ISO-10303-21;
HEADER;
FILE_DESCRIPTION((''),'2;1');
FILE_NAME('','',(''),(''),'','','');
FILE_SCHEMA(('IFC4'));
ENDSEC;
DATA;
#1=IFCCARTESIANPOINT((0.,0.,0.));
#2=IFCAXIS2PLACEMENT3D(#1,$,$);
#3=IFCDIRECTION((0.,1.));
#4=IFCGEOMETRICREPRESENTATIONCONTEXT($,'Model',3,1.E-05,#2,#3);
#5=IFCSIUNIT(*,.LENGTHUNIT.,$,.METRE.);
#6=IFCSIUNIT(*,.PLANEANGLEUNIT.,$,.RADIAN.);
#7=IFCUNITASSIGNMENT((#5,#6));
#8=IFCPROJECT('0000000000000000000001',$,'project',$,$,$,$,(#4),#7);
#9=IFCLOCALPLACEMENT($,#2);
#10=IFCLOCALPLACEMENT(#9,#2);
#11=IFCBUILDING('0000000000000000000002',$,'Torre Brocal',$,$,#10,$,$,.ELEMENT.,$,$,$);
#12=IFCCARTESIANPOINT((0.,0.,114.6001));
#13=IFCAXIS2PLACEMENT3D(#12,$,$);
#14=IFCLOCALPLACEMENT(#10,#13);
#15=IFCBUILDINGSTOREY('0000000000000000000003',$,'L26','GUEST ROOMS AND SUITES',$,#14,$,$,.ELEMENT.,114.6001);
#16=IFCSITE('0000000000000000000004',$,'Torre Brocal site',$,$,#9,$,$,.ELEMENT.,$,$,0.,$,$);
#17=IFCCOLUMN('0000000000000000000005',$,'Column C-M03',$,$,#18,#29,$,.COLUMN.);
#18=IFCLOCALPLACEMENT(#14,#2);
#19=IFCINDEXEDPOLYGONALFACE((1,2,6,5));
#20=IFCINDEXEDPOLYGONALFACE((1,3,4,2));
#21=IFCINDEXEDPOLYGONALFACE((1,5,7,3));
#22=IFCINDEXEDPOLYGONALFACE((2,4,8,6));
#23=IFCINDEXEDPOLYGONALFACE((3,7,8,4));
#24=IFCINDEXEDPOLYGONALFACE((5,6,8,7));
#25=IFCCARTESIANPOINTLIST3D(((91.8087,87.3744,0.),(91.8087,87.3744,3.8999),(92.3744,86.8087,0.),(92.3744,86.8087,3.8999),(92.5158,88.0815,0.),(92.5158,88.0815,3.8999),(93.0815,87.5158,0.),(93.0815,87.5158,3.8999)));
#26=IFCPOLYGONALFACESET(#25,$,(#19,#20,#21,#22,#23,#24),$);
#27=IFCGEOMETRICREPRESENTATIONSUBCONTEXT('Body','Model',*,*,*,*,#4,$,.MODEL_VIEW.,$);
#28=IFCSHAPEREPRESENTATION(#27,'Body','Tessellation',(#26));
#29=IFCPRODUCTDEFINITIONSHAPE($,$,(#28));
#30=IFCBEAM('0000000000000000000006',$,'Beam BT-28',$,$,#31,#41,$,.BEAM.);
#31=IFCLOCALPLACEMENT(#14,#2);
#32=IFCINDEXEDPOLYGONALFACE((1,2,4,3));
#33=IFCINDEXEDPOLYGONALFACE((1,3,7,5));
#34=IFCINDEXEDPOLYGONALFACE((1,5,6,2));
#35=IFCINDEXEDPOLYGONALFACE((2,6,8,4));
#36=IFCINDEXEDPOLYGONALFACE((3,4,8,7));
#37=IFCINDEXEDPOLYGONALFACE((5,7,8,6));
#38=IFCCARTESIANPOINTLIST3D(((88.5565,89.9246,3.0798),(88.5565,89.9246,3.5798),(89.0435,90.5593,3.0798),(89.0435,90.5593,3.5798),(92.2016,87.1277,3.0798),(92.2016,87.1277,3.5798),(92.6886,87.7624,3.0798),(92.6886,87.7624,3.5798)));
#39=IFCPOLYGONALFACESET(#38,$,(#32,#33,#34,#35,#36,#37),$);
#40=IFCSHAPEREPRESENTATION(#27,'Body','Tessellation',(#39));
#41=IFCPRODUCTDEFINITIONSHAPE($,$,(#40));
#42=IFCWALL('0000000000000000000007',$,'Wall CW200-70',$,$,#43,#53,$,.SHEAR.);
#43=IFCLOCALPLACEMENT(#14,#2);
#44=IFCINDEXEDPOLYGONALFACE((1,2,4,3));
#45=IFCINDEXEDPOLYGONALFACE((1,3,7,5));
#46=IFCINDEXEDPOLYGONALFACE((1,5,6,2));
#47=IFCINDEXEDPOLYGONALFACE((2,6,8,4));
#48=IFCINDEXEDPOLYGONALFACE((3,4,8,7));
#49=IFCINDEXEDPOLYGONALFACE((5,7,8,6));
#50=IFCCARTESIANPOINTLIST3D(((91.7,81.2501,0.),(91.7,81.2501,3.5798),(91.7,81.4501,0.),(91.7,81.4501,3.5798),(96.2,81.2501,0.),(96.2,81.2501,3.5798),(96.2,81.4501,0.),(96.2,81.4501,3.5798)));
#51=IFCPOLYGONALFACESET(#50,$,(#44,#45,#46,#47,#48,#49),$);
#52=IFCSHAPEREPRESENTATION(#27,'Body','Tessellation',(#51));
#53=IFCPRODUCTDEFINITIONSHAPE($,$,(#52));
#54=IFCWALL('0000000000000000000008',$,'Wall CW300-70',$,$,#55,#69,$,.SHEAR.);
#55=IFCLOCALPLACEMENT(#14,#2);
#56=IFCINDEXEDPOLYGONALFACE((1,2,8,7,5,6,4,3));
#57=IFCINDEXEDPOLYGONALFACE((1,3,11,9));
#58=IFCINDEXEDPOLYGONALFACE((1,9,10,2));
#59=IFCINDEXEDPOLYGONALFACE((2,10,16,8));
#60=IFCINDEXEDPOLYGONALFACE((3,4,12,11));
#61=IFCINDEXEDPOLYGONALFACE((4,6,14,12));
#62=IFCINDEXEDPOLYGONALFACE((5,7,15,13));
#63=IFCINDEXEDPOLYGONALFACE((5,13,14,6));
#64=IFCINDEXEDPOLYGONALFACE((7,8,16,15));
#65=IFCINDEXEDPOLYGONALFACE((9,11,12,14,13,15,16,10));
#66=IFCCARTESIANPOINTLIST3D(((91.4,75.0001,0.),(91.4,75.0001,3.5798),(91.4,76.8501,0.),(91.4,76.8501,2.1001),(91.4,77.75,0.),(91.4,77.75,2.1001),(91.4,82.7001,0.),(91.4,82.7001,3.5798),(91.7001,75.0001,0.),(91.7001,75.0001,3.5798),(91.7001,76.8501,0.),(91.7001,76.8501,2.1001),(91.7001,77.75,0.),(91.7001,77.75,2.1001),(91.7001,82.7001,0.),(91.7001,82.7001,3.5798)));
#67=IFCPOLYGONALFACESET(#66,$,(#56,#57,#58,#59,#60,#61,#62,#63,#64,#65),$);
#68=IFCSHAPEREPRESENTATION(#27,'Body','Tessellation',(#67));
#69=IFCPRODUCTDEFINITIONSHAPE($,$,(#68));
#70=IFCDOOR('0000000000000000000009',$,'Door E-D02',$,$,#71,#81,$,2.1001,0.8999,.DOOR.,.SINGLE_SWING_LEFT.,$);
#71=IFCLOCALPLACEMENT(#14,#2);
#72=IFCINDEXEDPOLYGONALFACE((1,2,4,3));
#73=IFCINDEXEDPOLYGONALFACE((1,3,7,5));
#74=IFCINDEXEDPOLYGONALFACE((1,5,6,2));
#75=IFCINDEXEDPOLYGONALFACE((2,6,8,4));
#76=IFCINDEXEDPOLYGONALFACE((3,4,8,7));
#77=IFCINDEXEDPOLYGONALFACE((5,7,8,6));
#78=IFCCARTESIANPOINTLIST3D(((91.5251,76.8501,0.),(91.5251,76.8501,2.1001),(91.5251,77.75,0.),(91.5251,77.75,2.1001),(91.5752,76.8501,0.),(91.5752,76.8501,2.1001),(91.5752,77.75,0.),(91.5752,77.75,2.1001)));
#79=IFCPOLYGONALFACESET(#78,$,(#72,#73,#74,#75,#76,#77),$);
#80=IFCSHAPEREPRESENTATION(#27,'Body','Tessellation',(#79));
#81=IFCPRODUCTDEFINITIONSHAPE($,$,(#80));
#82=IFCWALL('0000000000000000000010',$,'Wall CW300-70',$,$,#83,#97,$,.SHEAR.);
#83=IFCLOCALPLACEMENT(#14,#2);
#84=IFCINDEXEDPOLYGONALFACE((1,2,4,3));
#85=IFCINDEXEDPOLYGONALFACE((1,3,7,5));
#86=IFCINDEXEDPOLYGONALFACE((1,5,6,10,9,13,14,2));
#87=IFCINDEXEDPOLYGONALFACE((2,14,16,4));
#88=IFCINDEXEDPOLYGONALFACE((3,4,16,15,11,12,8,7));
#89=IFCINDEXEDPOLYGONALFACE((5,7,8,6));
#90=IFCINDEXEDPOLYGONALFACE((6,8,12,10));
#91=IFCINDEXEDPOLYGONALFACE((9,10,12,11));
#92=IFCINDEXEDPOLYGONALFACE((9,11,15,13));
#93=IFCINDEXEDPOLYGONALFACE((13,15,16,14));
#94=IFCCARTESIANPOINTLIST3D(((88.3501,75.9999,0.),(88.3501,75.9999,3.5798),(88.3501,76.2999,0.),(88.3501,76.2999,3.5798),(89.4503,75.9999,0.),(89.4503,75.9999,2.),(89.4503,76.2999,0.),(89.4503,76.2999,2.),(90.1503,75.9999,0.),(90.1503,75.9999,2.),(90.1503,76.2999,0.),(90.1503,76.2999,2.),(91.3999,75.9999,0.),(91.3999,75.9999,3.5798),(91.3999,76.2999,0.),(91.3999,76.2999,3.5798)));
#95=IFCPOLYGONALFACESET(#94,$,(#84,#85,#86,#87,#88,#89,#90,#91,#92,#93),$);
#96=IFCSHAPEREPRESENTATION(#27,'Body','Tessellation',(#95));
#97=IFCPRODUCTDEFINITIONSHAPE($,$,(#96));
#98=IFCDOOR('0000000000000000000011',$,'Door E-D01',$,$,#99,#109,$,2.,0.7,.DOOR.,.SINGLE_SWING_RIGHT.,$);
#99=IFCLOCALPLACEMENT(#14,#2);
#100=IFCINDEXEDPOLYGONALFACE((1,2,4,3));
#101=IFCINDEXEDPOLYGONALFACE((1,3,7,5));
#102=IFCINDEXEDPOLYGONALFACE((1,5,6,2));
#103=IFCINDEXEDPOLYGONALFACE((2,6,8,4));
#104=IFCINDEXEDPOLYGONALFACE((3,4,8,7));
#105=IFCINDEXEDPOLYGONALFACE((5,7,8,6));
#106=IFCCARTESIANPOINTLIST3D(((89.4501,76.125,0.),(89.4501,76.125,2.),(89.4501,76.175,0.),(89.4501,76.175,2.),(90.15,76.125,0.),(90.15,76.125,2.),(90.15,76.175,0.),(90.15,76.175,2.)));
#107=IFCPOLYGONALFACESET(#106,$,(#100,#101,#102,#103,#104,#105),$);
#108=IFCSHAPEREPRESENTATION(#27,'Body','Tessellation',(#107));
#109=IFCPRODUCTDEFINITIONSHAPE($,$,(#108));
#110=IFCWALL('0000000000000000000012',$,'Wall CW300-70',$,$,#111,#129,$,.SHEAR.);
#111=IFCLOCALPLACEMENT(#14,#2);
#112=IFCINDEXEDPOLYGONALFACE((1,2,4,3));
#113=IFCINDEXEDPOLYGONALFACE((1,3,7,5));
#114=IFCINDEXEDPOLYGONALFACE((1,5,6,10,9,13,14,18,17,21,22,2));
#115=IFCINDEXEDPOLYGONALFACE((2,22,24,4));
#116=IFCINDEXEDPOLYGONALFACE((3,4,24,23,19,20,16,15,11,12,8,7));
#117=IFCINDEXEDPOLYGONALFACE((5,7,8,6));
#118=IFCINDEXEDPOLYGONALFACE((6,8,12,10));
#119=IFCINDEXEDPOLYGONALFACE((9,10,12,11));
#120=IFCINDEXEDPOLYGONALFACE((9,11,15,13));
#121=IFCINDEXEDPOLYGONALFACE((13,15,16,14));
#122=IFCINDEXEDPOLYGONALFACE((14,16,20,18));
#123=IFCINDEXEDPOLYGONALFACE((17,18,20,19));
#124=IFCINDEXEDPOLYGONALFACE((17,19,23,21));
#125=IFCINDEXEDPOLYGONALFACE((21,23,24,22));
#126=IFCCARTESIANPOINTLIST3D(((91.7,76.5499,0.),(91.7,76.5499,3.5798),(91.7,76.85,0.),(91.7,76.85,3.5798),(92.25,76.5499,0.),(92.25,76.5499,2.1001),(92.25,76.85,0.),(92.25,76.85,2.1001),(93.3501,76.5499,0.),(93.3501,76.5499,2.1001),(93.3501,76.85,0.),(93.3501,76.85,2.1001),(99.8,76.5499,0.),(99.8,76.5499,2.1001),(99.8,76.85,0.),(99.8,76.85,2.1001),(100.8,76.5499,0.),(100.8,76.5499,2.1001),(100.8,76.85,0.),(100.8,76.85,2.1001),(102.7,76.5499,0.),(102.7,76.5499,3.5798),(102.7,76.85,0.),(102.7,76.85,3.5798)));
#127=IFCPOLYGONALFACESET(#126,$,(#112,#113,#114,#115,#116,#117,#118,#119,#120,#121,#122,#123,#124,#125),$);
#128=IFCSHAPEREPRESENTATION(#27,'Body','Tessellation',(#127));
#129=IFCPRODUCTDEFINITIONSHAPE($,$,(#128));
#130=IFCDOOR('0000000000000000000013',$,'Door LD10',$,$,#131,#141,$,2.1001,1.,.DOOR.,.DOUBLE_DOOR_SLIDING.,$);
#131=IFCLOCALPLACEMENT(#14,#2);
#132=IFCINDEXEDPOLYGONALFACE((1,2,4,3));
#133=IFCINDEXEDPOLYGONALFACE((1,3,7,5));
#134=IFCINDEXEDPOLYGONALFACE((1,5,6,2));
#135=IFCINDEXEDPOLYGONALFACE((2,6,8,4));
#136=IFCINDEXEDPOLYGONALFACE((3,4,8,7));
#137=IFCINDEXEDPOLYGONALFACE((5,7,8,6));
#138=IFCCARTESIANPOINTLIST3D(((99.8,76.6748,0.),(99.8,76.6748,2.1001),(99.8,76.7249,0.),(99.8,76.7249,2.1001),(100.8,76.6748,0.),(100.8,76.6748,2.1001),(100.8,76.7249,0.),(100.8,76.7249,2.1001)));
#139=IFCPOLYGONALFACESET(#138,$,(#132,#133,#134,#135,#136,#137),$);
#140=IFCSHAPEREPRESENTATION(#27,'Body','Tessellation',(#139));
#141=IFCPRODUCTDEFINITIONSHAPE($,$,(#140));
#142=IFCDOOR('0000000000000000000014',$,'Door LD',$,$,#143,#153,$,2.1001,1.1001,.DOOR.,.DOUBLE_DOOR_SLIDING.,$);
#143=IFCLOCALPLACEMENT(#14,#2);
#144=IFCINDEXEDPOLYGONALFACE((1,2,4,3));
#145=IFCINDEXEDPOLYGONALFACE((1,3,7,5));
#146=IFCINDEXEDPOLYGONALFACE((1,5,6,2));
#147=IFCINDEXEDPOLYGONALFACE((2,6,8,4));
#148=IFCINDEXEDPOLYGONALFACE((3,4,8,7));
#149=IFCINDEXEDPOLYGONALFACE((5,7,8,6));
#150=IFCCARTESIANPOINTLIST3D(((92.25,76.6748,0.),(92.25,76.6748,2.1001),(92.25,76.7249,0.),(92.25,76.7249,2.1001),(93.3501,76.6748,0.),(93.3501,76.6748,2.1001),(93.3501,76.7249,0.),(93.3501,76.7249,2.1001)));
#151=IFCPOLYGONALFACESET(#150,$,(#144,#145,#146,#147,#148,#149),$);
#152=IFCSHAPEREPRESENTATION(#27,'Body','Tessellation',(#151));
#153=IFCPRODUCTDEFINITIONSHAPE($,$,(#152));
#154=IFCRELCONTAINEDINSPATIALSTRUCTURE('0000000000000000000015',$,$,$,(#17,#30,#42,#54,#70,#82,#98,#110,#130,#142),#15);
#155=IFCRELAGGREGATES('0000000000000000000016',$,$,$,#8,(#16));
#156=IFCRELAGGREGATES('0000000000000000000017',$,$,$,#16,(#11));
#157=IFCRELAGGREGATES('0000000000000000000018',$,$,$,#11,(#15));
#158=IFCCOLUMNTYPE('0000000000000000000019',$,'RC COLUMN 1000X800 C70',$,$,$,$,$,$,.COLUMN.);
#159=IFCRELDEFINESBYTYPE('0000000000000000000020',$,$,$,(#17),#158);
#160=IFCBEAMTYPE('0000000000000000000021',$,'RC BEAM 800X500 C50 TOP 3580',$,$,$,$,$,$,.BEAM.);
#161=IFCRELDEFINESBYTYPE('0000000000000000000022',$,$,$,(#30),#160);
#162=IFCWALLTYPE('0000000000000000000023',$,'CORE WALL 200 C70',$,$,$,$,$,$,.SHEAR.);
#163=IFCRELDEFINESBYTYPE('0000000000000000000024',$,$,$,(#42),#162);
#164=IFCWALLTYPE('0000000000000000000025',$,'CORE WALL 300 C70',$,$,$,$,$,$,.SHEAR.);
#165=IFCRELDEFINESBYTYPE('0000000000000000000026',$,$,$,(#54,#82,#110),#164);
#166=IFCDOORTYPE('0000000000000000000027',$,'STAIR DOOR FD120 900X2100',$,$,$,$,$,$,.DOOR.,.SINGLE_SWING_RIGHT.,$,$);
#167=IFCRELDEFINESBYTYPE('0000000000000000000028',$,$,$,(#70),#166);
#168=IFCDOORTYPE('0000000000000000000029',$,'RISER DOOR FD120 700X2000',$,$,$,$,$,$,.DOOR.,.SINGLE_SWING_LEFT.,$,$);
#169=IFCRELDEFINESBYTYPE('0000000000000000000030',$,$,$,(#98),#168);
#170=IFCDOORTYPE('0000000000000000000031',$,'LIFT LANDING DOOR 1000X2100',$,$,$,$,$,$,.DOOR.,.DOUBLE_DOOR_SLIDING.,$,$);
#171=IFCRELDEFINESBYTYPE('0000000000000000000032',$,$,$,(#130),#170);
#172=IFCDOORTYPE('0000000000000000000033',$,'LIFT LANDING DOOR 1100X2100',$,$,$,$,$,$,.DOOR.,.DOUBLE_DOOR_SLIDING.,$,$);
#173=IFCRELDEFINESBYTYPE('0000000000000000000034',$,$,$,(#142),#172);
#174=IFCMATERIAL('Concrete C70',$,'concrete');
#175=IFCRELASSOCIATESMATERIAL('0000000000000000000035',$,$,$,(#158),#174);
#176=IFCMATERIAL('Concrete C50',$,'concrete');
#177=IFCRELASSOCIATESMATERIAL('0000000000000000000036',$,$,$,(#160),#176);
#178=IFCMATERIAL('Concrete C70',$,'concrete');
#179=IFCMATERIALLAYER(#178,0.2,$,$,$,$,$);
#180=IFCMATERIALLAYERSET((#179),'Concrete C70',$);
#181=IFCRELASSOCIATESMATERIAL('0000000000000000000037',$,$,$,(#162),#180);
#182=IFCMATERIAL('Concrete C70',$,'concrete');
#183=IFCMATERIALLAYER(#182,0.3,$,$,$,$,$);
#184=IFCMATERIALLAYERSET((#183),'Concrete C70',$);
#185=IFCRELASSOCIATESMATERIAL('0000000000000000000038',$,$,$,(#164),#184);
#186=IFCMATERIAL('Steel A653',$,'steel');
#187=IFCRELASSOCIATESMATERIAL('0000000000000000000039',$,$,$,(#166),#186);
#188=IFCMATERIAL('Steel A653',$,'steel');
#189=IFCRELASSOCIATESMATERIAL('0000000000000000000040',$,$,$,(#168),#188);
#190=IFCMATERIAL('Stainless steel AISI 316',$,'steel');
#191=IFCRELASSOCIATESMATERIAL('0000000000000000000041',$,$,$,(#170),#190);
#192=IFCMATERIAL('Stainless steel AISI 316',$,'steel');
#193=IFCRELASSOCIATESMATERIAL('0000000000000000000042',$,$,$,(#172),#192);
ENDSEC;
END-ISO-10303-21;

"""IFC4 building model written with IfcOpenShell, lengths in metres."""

from ifc_helpers import new_model, si_unit, direction, frame, frame_2d, origin, origin_2d, place, context, subcontext, project, spatial, rectangle, extrude, material, layer, layer_set, material_profile, profile_set, type_object, element, fill, save


model = new_model("IFC4")

# Units and contexts
model_context = context("Model", 3, precision=1e-05, world=origin(), true_north=direction((0.0, 1.0)))
body_context = subcontext(model_context, "Body", "Model", "MODEL_VIEW")
ifc_project = project(units=[si_unit("LENGTHUNIT", "METRE"), si_unit("PLANEANGLEUNIT", "RADIAN")], contexts=[model_context])

# Site, building, storey
site_placement = place(None, origin())
site = spatial("IfcSite", under=ifc_project, at=site_placement, Name="Torre Brocal site", CompositionType="ELEMENT", RefElevation=0.0)
building_placement = place(site_placement, origin())
building = spatial("IfcBuilding", under=site, at=building_placement, Name="Torre Brocal", CompositionType="ELEMENT")
storey_placement = place(building_placement, frame((0.0, 0.0, 114.6001)))
storey = spatial("IfcBuildingStorey", under=building, at=storey_placement, Name="L26", Description="GUEST ROOMS AND SUITES", CompositionType="ELEMENT", Elevation=114.6001)

# Column
ifc_material_1 = material(Name="Concrete C70", Category="concrete")
ifc_material_profile_1 = material_profile(ifc_material_1, rectangle(XDim=1.0, YDim=0.8, at=origin_2d()), Name="RC 1000X800")
ifc_profile_set_1 = profile_set([ifc_material_profile_1], Name="Concrete C70")
column_type = type_object("IfcColumnType", Name="RC COLUMN 1000X800 C70", PredefinedType="COLUMN", material=ifc_profile_set_1)
column_placement = place(storey_placement, frame((92.4451, 87.4451, 0.0), z_axis=(0.0, 0.0, 1.0), x_axis=(0.707107, 0.707107, 0.0)))
element("IfcColumn", 1, at=column_placement, inside=storey, type_object=column_type, Name="Column C-M03", PredefinedType="COLUMN", context=body_context, shape_type="SweptSolid", body=[
    extrude(rectangle(XDim=1.0, YDim=0.8, at=origin_2d()), origin(), (0.0, 0.0, 1.0), 3.8999),
])

# Beam
ifc_material_2 = material(Name="Concrete C50", Category="concrete")
ifc_material_profile_2 = material_profile(ifc_material_2, rectangle(XDim=0.8, YDim=0.5, at=origin_2d()), Name="RC 800X500")
ifc_profile_set_2 = profile_set([ifc_material_profile_2], Name="Concrete C50")
beam_type = type_object("IfcBeamType", Name="RC BEAM 800X500 C50 TOP 3580", PredefinedType="BEAM", material=ifc_profile_set_2)
beam_placement = place(storey_placement, frame((92.4451, 87.4451, 3.3298), z_axis=(-0.793358, 0.608755, 0.0), x_axis=(-0.608755, -0.793358, 0.0)))
element("IfcBeam", 2, at=beam_placement, inside=storey, type_object=beam_type, Name="Beam BT-28", PredefinedType="BEAM", context=body_context, shape_type="SweptSolid", body=[
    extrude(rectangle(XDim=0.8, YDim=0.5, at=origin_2d()), origin(), (0.0, 0.0, 1.0), 4.5945),
])

# Wall
ifc_material_3 = material(Name="Concrete C70", Category="concrete")
ifc_layer_1 = layer(ifc_material_3, 0.2)
ifc_layer_set_1 = layer_set([ifc_layer_1], Name="Concrete C70")
wall_type_1 = type_object("IfcWallType", Name="CORE WALL 200 C70", PredefinedType="SHEAR", material=ifc_layer_set_1)
wall_1_placement = place(storey_placement, frame((91.7, 81.3501, 0.0), z_axis=(0.0, 0.0, 1.0), x_axis=(1.0, 0.0, 0.0)))
element("IfcWall", 3, at=wall_1_placement, inside=storey, type_object=wall_type_1, Name="Wall CW200-70", PredefinedType="SHEAR", context=body_context, shape_type="SweptSolid", body=[
    extrude(rectangle(XDim=4.5, YDim=0.2, at=frame_2d((2.25, 0.0))), origin(), (0.0, 0.0, 1.0), 3.5798),
])

# Walls, openings, doors
ifc_material_4 = material(Name="Concrete C70", Category="concrete")
ifc_layer_2 = layer(ifc_material_4, 0.3)
ifc_layer_set_2 = layer_set([ifc_layer_2], Name="Concrete C70")
wall_type_2 = type_object("IfcWallType", Name="CORE WALL 300 C70", PredefinedType="SHEAR", material=ifc_layer_set_2)
wall_2_placement = place(storey_placement, frame((91.55, 75.0, 0.0), z_axis=(0.0, 0.0, 1.0), x_axis=(0.0, 1.0, 0.0)))
wall_2 = element("IfcWall", 4, at=wall_2_placement, inside=storey, type_object=wall_type_2, Name="Wall CW300-70", PredefinedType="SHEAR", context=body_context, shape_type="SweptSolid", body=[
    extrude(rectangle(XDim=7.7, YDim=0.3, at=frame_2d((3.8501, 0.0))), origin(), (0.0, 0.0, 1.0), 3.5798),
])
opening_1_placement = place(wall_2_placement, frame((1.8501, 0.0, 0.0)))
opening_1 = element("IfcOpeningElement", 5, at=opening_1_placement, cuts=wall_2, PredefinedType="OPENING", context=body_context, shape_type="SweptSolid", body=[
    extrude(rectangle(XDim=0.8999, YDim=2.1001, at=frame_2d((0.45, 1.05))), frame((0.0, 0.1599, 0.0), z_axis=(0.0, -1.0, 0.0), x_axis=(1.0, 0.0, 0.0)), (0.0, 0.0, 1.0), 0.3201),
])
ifc_material_5 = material(Name="Steel A653", Category="steel")
door_type_1 = type_object("IfcDoorType", Name="STAIR DOOR FD120 900X2100", OperationType="SINGLE_SWING_RIGHT", PredefinedType="DOOR", material=ifc_material_5)
door_1_placement = place(opening_1_placement, origin())
door_1 = element("IfcDoor", 6, at=door_1_placement, inside=storey, type_object=door_type_1, Name="Door E-D02", OperationType="SINGLE_SWING_LEFT", OverallHeight=2.1001, OverallWidth=0.8999, PredefinedType="DOOR", context=body_context, shape_type="SweptSolid", body=[
    extrude(rectangle(XDim=0.8999, YDim=2.1001, at=frame_2d((0.45, 1.05))), frame((0.0, 0.0249, 0.0), z_axis=(0.0, -1.0, 0.0), x_axis=(1.0, 0.0, 0.0)), (0.0, 0.0, 1.0), 0.05),
])
fill(opening_1, door_1)
wall_3_placement = place(storey_placement, frame((88.3501, 76.1499, 0.0), z_axis=(0.0, 0.0, 1.0), x_axis=(1.0, 0.0, 0.0)))
wall_3 = element("IfcWall", 7, at=wall_3_placement, inside=storey, type_object=wall_type_2, Name="Wall CW300-70", PredefinedType="SHEAR", context=body_context, shape_type="SweptSolid", body=[
    extrude(rectangle(XDim=3.0498, YDim=0.3, at=frame_2d((1.5249, 0.0))), origin(), (0.0, 0.0, 1.0), 3.5798),
])
opening_2_placement = place(wall_3_placement, frame((1.1001, 0.0, 0.0)))
opening_2 = element("IfcOpeningElement", 8, at=opening_2_placement, cuts=wall_3, PredefinedType="OPENING", context=body_context, shape_type="SweptSolid", body=[
    extrude(rectangle(XDim=0.7, YDim=2.0, at=frame_2d((0.3501, 1.0))), frame((0.0, 0.1599, 0.0), z_axis=(0.0, -1.0, 0.0), x_axis=(1.0, 0.0, 0.0)), (0.0, 0.0, 1.0), 0.3201),
])
ifc_material_6 = material(Name="Steel A653", Category="steel")
door_type_2 = type_object("IfcDoorType", Name="RISER DOOR FD120 700X2000", OperationType="SINGLE_SWING_LEFT", PredefinedType="DOOR", material=ifc_material_6)
door_2_placement = place(opening_2_placement, frame((0.7, 0.0, 0.0), z_axis=(0.0, 0.0, 1.0), x_axis=(-1.0, 0.0, 0.0)))
door_2 = element("IfcDoor", 9, at=door_2_placement, inside=storey, type_object=door_type_2, Name="Door E-D01", OperationType="SINGLE_SWING_RIGHT", OverallHeight=2.0, OverallWidth=0.7, PredefinedType="DOOR", context=body_context, shape_type="SweptSolid", body=[
    extrude(rectangle(XDim=0.7, YDim=2.0, at=frame_2d((0.3501, 1.0))), frame((0.0, 0.0249, 0.0), z_axis=(0.0, -1.0, 0.0), x_axis=(1.0, 0.0, 0.0)), (0.0, 0.0, 1.0), 0.05),
])
fill(opening_2, door_2)

# Wall, openings, doors
wall_4_placement = place(storey_placement, frame((91.7, 76.7, 0.0), z_axis=(0.0, 0.0, 1.0), x_axis=(1.0, 0.0, 0.0)))
wall_4 = element("IfcWall", 10, at=wall_4_placement, inside=storey, type_object=wall_type_2, Name="Wall CW300-70", PredefinedType="SHEAR", context=body_context, shape_type="SweptSolid", body=[
    extrude(rectangle(XDim=11.0, YDim=0.3, at=frame_2d((5.5, 0.0))), origin(), (0.0, 0.0, 1.0), 3.5798),
])
opening_3_placement = place(wall_4_placement, frame((0.55, 0.0, 0.0)))
opening_3 = element("IfcOpeningElement", 11, at=opening_3_placement, cuts=wall_4, PredefinedType="OPENING", context=body_context, shape_type="SweptSolid", body=[
    extrude(rectangle(XDim=1.1001, YDim=2.1001, at=frame_2d((0.55, 1.05))), frame((0.0, 0.1599, 0.0), z_axis=(0.0, -1.0, 0.0), x_axis=(1.0, 0.0, 0.0)), (0.0, 0.0, 1.0), 0.3201),
])
opening_4_placement = place(wall_4_placement, frame((8.1001, 0.0, 0.0)))
opening_4 = element("IfcOpeningElement", 12, at=opening_4_placement, cuts=wall_4, PredefinedType="OPENING", context=body_context, shape_type="SweptSolid", body=[
    extrude(rectangle(XDim=1.0, YDim=2.1001, at=frame_2d((0.5, 1.05))), frame((0.0, 0.1599, 0.0), z_axis=(0.0, -1.0, 0.0), x_axis=(1.0, 0.0, 0.0)), (0.0, 0.0, 1.0), 0.3201),
])
ifc_material_7 = material(Name="Stainless steel AISI 316", Category="steel")
door_type_3 = type_object("IfcDoorType", Name="LIFT LANDING DOOR 1000X2100", OperationType="DOUBLE_DOOR_SLIDING", PredefinedType="DOOR", material=ifc_material_7)
door_3_placement = place(opening_4_placement, origin())
door_3 = element("IfcDoor", 13, at=door_3_placement, inside=storey, type_object=door_type_3, Name="Door LD10", OperationType="DOUBLE_DOOR_SLIDING", OverallHeight=2.1001, OverallWidth=1.0, PredefinedType="DOOR", context=body_context, shape_type="SweptSolid", body=[
    extrude(rectangle(XDim=1.0, YDim=2.1001, at=frame_2d((0.5, 1.05))), frame((0.0, 0.0249, 0.0), z_axis=(0.0, -1.0, 0.0), x_axis=(1.0, 0.0, 0.0)), (0.0, 0.0, 1.0), 0.05),
])
fill(opening_4, door_3)
ifc_material_8 = material(Name="Stainless steel AISI 316", Category="steel")
door_type_4 = type_object("IfcDoorType", Name="LIFT LANDING DOOR 1100X2100", OperationType="DOUBLE_DOOR_SLIDING", PredefinedType="DOOR", material=ifc_material_8)
door_4_placement = place(opening_3_placement, origin())
door_4 = element("IfcDoor", 14, at=door_4_placement, inside=storey, type_object=door_type_4, Name="Door LD", OperationType="DOUBLE_DOOR_SLIDING", OverallHeight=2.1001, OverallWidth=1.1001, PredefinedType="DOOR", context=body_context, shape_type="SweptSolid", body=[
    extrude(rectangle(XDim=1.1001, YDim=2.1001, at=frame_2d((0.55, 1.05))), frame((0.0, 0.0249, 0.0), z_axis=(0.0, -1.0, 0.0), x_axis=(1.0, 0.0, 0.0)), (0.0, 0.0, 1.0), 0.05),
])
fill(opening_3, door_4)

save(model, "model.ifc")
